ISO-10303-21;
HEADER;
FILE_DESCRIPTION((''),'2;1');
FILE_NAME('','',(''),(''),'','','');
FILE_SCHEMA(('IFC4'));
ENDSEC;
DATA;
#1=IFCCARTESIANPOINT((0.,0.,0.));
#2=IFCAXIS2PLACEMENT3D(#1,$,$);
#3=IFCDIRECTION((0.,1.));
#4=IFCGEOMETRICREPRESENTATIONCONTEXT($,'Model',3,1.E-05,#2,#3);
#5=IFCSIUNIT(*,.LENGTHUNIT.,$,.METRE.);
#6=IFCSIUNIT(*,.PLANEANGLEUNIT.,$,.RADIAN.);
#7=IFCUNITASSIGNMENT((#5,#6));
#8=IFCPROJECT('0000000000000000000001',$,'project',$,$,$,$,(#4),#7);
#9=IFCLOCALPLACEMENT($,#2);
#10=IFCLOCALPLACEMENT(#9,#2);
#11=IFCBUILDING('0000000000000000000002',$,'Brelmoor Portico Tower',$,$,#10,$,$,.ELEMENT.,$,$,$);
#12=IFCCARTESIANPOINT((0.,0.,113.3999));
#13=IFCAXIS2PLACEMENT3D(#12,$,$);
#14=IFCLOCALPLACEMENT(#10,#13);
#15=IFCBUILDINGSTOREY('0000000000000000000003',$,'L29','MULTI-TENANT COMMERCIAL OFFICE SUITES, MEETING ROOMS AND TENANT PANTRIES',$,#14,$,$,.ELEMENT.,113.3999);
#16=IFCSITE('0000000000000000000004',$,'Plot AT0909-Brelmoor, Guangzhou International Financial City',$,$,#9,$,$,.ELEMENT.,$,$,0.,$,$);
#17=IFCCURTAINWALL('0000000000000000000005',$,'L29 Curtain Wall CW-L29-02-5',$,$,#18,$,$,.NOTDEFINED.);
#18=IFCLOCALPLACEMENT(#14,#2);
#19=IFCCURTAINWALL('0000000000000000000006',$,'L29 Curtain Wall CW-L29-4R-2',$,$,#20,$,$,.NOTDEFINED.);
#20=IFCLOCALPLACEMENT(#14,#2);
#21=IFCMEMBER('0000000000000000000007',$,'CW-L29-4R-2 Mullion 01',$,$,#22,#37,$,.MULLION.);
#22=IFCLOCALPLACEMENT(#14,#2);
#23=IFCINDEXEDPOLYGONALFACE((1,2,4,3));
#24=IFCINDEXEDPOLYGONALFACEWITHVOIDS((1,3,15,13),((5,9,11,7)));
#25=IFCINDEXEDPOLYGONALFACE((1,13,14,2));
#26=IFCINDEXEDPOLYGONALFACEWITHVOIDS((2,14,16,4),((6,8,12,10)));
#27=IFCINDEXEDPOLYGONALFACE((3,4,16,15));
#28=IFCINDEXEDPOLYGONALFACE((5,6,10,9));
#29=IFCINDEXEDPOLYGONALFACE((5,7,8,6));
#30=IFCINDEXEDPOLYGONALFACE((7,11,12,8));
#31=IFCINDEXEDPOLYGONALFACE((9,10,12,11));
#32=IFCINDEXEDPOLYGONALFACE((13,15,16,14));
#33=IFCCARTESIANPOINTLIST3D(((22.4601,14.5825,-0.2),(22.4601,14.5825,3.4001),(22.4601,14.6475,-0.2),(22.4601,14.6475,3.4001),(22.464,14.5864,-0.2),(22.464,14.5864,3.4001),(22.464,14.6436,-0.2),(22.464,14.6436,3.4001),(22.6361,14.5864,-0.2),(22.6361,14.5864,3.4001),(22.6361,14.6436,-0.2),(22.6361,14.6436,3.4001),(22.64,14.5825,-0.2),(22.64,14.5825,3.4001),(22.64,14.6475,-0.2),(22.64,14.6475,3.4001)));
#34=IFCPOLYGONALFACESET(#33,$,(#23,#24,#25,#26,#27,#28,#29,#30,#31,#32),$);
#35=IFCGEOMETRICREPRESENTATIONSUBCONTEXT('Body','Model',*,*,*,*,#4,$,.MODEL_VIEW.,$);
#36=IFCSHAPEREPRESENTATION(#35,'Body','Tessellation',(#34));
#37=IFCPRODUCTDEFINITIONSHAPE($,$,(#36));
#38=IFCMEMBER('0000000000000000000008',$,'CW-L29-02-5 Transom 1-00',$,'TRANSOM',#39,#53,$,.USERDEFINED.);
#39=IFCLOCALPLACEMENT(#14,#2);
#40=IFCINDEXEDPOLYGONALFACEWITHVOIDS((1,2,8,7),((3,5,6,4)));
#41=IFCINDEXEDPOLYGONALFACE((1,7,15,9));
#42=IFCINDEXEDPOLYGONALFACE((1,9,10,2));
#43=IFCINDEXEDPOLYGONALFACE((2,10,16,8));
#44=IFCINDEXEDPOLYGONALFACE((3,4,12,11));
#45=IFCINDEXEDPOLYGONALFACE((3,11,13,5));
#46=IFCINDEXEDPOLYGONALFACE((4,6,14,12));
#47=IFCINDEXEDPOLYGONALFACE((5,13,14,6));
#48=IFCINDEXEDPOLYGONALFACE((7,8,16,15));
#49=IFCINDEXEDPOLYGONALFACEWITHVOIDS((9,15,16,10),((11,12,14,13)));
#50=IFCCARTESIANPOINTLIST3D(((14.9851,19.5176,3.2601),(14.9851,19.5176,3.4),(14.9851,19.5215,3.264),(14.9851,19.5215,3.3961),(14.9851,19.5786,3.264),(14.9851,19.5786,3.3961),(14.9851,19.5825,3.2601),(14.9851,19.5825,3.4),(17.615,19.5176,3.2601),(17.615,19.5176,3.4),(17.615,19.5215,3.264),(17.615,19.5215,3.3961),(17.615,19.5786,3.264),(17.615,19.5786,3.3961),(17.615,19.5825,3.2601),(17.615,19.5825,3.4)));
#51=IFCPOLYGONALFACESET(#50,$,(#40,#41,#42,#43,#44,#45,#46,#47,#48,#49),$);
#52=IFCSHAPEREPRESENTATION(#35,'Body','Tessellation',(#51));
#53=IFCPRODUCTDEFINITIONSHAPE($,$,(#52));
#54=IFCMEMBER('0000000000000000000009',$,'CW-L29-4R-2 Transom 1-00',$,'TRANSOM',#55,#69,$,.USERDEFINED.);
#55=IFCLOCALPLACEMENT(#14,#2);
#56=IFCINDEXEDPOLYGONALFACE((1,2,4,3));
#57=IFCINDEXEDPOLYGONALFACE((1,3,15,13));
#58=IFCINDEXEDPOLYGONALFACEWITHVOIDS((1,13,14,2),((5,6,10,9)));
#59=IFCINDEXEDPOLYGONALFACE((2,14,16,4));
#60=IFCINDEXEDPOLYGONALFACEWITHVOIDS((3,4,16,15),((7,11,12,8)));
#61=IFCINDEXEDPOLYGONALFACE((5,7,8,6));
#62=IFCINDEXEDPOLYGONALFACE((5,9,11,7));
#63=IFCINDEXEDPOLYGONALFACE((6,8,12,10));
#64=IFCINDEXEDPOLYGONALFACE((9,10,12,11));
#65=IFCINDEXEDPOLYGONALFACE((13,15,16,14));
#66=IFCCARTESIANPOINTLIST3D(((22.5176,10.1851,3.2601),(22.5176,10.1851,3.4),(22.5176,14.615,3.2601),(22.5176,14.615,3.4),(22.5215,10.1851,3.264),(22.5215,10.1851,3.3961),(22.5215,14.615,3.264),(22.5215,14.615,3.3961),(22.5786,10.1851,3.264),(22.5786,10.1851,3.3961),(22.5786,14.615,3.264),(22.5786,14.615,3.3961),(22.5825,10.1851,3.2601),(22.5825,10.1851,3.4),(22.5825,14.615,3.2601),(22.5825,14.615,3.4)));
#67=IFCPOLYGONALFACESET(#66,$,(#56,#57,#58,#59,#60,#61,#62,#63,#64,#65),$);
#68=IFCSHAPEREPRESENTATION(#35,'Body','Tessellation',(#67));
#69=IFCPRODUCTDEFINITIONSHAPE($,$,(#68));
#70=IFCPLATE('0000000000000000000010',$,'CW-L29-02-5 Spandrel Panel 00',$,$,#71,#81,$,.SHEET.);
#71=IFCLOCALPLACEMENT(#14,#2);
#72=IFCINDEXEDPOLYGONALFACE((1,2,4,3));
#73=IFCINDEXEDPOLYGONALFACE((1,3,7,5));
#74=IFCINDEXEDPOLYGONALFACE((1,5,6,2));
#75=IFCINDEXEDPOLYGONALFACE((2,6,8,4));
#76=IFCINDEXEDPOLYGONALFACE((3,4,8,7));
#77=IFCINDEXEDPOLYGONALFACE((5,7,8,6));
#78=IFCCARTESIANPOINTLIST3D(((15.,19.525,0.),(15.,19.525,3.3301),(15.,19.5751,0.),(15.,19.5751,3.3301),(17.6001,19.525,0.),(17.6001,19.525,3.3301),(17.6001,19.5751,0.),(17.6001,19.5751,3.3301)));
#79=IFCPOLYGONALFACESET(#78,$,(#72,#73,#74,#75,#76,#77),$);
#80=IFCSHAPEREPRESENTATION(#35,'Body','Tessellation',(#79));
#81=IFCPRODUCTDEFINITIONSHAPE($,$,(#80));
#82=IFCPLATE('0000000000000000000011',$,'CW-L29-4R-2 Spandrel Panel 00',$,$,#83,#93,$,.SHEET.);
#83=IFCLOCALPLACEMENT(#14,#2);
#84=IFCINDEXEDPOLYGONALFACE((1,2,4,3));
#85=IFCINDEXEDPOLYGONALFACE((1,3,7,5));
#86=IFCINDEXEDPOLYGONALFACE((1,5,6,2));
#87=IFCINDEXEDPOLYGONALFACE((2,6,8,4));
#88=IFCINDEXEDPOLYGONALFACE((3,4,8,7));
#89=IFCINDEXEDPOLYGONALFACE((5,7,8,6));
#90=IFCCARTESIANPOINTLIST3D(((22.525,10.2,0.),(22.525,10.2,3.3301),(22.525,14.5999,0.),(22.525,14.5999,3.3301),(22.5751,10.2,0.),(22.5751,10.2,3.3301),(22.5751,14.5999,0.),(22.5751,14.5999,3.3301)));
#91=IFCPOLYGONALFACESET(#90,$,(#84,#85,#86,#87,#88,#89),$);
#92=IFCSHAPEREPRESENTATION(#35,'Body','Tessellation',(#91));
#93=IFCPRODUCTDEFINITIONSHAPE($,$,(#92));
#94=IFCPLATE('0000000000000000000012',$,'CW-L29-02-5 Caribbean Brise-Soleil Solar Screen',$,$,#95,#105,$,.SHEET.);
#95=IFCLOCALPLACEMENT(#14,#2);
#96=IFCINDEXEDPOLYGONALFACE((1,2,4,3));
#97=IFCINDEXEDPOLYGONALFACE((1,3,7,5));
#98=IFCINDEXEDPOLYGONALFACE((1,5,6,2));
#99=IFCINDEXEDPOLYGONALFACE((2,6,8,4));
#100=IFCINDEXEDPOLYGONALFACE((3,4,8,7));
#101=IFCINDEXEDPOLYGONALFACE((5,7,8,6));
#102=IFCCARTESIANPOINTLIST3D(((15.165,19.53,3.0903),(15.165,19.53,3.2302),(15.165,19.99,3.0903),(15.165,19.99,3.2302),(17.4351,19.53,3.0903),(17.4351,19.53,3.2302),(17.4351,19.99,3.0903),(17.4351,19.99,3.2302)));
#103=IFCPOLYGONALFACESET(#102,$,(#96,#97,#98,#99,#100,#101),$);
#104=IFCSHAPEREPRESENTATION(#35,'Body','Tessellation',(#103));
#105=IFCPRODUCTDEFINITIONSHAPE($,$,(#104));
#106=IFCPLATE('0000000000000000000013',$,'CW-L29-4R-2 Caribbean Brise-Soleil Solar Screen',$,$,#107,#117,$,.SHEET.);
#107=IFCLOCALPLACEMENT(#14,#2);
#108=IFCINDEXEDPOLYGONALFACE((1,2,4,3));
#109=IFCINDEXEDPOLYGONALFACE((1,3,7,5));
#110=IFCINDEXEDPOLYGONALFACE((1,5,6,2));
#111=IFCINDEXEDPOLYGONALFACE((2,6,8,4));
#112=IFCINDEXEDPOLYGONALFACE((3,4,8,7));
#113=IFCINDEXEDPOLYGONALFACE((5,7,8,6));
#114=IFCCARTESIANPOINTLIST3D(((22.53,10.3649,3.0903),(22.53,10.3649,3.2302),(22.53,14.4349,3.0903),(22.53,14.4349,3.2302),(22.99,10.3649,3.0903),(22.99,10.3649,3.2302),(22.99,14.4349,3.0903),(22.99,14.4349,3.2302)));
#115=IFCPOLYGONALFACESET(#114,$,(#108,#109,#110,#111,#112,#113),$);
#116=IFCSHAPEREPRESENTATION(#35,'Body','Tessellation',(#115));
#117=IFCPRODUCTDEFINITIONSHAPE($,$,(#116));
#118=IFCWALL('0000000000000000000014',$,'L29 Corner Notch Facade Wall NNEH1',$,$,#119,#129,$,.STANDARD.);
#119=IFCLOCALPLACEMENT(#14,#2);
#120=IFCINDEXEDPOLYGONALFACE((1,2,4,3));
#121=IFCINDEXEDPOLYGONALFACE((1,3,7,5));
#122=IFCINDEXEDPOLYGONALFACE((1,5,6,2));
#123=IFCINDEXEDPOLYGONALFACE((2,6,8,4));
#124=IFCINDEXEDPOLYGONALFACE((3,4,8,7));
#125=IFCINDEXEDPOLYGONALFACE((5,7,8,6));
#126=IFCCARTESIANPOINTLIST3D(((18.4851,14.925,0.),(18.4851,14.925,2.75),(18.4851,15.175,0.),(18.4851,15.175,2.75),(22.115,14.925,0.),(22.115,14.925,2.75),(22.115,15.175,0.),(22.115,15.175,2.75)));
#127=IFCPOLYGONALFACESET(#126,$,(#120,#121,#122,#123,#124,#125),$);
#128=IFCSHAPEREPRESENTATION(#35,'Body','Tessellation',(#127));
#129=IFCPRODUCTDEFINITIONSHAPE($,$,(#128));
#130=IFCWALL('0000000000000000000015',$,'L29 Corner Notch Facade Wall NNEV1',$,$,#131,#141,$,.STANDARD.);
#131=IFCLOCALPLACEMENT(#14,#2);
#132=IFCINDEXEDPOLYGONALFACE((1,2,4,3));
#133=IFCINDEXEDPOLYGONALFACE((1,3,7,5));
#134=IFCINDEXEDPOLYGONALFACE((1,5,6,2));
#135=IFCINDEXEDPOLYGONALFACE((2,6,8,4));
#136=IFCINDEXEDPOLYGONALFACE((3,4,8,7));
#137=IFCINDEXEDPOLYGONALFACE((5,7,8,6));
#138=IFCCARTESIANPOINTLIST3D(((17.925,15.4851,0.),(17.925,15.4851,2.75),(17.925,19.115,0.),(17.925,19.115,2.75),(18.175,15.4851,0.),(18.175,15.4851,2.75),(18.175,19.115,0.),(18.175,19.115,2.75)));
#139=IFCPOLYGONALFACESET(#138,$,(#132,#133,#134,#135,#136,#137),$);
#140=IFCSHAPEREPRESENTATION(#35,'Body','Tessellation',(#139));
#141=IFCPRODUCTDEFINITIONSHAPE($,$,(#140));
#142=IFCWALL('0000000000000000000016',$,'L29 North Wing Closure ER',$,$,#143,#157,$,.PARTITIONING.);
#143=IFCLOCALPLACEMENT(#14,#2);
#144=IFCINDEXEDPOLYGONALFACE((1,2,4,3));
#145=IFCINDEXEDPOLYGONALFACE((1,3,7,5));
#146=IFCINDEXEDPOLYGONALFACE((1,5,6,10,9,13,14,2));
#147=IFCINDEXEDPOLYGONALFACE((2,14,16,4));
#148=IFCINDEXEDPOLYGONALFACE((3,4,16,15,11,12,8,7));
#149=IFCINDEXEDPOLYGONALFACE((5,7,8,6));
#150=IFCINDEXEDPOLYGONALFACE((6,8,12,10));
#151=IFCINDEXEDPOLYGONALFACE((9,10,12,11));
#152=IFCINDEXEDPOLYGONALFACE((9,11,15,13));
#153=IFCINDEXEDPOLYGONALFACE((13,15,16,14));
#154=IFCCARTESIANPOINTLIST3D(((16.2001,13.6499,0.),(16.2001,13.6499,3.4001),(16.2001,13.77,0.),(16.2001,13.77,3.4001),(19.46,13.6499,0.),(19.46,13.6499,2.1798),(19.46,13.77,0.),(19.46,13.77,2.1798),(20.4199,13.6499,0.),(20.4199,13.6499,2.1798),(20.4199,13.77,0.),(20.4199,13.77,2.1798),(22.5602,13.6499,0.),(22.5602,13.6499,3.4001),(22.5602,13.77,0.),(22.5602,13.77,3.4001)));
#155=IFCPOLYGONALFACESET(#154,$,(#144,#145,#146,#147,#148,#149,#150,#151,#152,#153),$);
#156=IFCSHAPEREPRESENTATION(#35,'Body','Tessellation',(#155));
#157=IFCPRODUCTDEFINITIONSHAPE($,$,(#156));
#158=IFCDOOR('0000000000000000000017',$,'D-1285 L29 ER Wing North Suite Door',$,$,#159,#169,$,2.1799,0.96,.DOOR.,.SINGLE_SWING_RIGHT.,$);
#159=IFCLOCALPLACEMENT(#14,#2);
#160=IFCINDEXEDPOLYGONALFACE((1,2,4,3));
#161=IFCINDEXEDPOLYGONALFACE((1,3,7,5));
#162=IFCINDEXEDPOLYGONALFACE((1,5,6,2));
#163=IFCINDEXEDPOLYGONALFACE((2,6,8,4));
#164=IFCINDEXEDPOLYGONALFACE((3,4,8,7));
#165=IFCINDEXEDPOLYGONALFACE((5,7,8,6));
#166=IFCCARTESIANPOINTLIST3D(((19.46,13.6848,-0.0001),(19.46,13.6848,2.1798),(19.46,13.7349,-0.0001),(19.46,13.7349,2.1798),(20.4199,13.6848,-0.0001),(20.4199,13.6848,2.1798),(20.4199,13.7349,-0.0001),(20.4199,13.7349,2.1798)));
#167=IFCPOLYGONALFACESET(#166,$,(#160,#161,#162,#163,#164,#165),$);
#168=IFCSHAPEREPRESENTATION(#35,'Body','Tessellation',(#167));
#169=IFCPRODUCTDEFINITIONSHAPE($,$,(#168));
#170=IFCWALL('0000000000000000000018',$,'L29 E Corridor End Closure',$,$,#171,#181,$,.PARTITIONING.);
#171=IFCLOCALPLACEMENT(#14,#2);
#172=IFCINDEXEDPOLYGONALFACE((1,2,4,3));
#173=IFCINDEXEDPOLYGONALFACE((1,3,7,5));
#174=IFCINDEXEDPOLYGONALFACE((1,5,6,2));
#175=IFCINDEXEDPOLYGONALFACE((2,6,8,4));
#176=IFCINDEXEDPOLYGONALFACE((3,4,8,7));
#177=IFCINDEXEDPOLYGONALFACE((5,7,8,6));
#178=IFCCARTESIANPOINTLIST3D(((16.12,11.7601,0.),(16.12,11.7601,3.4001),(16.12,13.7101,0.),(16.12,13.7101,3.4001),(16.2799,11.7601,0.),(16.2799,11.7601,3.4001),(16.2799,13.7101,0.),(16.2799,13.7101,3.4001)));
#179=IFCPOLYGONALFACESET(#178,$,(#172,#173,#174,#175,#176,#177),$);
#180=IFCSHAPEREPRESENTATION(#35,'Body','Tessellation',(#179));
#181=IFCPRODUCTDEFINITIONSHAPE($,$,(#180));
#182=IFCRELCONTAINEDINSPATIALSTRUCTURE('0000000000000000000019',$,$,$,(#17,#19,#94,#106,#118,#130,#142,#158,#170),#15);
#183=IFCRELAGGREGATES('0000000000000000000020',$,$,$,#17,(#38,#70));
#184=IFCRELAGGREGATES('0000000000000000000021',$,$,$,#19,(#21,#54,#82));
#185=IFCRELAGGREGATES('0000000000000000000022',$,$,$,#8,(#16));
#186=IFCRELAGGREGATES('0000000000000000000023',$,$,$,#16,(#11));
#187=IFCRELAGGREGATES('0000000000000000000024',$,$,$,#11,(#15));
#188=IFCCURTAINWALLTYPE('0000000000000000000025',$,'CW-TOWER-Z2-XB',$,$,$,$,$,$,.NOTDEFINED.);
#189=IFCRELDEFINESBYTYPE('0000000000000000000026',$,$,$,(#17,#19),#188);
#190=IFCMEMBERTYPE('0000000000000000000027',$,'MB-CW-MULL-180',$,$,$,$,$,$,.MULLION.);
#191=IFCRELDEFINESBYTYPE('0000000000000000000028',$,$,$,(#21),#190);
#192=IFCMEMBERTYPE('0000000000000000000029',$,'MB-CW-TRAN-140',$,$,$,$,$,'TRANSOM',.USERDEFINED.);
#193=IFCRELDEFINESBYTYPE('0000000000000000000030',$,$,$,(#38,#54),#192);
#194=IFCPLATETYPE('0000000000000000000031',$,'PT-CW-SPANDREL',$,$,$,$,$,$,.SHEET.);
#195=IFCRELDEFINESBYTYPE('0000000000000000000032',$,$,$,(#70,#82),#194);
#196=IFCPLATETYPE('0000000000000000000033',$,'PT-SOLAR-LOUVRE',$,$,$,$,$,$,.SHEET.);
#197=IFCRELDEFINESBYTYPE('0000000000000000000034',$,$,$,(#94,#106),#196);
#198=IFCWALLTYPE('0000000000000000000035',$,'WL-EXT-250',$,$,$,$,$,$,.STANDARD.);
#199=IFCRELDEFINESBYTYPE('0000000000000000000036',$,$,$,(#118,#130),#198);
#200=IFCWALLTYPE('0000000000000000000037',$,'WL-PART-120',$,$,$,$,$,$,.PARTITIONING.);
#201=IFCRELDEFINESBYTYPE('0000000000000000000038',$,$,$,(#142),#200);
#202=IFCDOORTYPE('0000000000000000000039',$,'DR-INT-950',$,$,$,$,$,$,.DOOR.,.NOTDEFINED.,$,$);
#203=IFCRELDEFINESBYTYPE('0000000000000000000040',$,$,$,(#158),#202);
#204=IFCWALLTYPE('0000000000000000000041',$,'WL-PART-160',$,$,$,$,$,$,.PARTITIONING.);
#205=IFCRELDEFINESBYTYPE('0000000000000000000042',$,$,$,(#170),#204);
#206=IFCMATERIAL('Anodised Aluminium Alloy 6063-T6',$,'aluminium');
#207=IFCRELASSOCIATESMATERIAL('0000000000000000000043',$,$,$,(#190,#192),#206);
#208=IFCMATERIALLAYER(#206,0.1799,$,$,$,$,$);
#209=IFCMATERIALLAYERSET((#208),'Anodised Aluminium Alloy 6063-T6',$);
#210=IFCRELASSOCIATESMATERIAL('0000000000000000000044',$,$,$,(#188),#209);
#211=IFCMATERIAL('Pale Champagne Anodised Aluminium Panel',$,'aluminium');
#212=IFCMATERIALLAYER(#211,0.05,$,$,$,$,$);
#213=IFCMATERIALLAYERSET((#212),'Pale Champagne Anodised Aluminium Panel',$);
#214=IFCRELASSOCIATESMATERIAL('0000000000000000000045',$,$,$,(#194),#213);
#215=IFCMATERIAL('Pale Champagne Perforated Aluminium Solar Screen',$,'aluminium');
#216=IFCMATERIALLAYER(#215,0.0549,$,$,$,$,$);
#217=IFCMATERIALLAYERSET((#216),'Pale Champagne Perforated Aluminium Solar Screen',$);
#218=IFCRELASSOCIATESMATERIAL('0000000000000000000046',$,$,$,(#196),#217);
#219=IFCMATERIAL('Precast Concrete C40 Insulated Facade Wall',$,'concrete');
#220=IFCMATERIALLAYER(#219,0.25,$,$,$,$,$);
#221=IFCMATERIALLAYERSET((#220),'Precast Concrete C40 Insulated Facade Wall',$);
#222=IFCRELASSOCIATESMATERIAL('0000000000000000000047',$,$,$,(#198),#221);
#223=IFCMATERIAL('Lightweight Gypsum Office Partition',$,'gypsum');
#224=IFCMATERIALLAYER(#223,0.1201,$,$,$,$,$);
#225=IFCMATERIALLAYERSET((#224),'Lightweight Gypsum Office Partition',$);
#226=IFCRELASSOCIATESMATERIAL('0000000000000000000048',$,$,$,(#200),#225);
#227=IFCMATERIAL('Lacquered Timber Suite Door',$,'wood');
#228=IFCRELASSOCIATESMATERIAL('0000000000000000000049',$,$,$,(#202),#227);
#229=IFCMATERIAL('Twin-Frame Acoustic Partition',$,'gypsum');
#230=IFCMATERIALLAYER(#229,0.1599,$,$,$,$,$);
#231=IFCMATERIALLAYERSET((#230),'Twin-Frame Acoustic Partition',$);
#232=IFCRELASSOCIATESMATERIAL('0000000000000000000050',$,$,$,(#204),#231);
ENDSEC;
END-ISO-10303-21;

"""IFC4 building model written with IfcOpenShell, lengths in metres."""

from ifc_helpers import new_model, si_unit, direction, frame, frame_2d, origin, origin_2d, place, context, subcontext, project, spatial, rectangle, hollow_rectangle, extrude, material, layer, layer_set, material_profile, profile_set, type_object, element, fill, aggregate, save


model = new_model("IFC4")

# Units and contexts
model_context = context("Model", 3, precision=1e-05, world=origin(), true_north=direction((0.0, 1.0)))
body_context = subcontext(model_context, "Body", "Model", "MODEL_VIEW")
ifc_project = project(units=[si_unit("LENGTHUNIT", "METRE"), si_unit("PLANEANGLEUNIT", "RADIAN")], contexts=[model_context])

# Site, building, storey
site_placement = place(None, origin())
site = spatial("IfcSite", under=ifc_project, at=site_placement, Name="Plot AT0909-Brelmoor, Guangzhou International Financial City", CompositionType="ELEMENT", RefElevation=0.0)
building_placement = place(site_placement, origin())
building = spatial("IfcBuilding", under=site, at=building_placement, Name="Brelmoor Portico Tower", CompositionType="ELEMENT")
storey_placement = place(building_placement, frame((0.0, 0.0, 113.3999)))
storey = spatial("IfcBuildingStorey", under=building, at=storey_placement, Name="L29", Description="MULTI-TENANT COMMERCIAL OFFICE SUITES, MEETING ROOMS AND TENANT PANTRIES", CompositionType="ELEMENT", Elevation=113.3999)

# Shared definitions
ifc_material_1 = material(Name="Anodised Aluminium Alloy 6063-T6", Category="aluminium")
ifc_material_profile_1 = material_profile(ifc_material_1, hollow_rectangle(XDim=0.0649, YDim=0.1799, WallThickness=0.0039, at=origin_2d()), Name="ALU MULLION 65x180")
ifc_profile_set_1 = profile_set([ifc_material_profile_1], Name="Anodised Aluminium Alloy 6063-T6")
member_type_1 = type_object("IfcMemberType", Name="MB-CW-MULL-180", PredefinedType="MULLION", material=ifc_profile_set_1)

# Curtain wall
ifc_layer_1 = layer(ifc_material_1, 0.1799)
ifc_layer_set_1 = layer_set([ifc_layer_1], Name="Anodised Aluminium Alloy 6063-T6")
curtain_wall_type_1 = type_object("IfcCurtainWallType", Name="CW-TOWER-Z2-XB", PredefinedType="NOTDEFINED", material=ifc_layer_set_1)
curtain_wall_1_placement = place(storey_placement, origin())
curtain_wall_1 = element("IfcCurtainWall", 1, at=curtain_wall_1_placement, inside=storey, type_object=curtain_wall_type_1, Name="L29 Curtain Wall CW-L29-02-5", PredefinedType="NOTDEFINED")

# Curtain wall, member
curtain_wall_2_placement = place(storey_placement, origin())
curtain_wall_2 = element("IfcCurtainWall", 2, at=curtain_wall_2_placement, inside=storey, type_object=curtain_wall_type_1, Name="L29 Curtain Wall CW-L29-4R-2", PredefinedType="NOTDEFINED")
member_1_placement = place(storey_placement, frame((22.55, 14.615, -0.2), z_axis=(0.0, 0.0, 1.0), x_axis=(0.0, 1.0, 0.0)))
member_1 = element("IfcMember", 3, at=member_1_placement, type_object=member_type_1, Name="CW-L29-4R-2 Mullion 01", PredefinedType="MULLION", context=body_context, shape_type="SweptSolid", body=[
    extrude(hollow_rectangle(XDim=0.0649, YDim=0.1799, WallThickness=0.0039, at=origin_2d()), origin(), (0.0, 0.0, 1.0), 3.6001),
])

# Members
ifc_material_profile_2 = material_profile(ifc_material_1, hollow_rectangle(XDim=0.0649, YDim=0.1399, WallThickness=0.0039, at=origin_2d()), Name="ALU TRANSOM 65x140")
ifc_profile_set_2 = profile_set([ifc_material_profile_2], Name="Anodised Aluminium Alloy 6063-T6")
member_type_2 = type_object("IfcMemberType", Name="MB-CW-TRAN-140", ElementType="TRANSOM", PredefinedType="USERDEFINED", material=ifc_profile_set_2)
member_2_placement = place(storey_placement, frame((14.9851, 19.55, 3.3301), z_axis=(1.0, 0.0, 0.0), x_axis=(0.0, 1.0, 0.0)))
member_2 = element("IfcMember", 4, at=member_2_placement, type_object=member_type_2, Name="CW-L29-02-5 Transom 1-00", ObjectType="TRANSOM", PredefinedType="USERDEFINED", context=body_context, shape_type="SweptSolid", body=[
    extrude(hollow_rectangle(XDim=0.0649, YDim=0.1399, WallThickness=0.0039, at=origin_2d()), origin(), (0.0, 0.0, 1.0), 2.6299),
])
member_3_placement = place(storey_placement, frame((22.55, 10.1851, 3.3301), z_axis=(0.0, 1.0, 0.0), x_axis=(-1.0, 0.0, 0.0)))
member_3 = element("IfcMember", 5, at=member_3_placement, type_object=member_type_2, Name="CW-L29-4R-2 Transom 1-00", ObjectType="TRANSOM", PredefinedType="USERDEFINED", context=body_context, shape_type="SweptSolid", body=[
    extrude(hollow_rectangle(XDim=0.0649, YDim=0.1399, WallThickness=0.0039, at=origin_2d()), origin(), (0.0, 0.0, 1.0), 4.4299),
])

# Plates
ifc_material_2 = material(Name="Pale Champagne Anodised Aluminium Panel", Category="aluminium")
ifc_layer_2 = layer(ifc_material_2, 0.05)
ifc_layer_set_2 = layer_set([ifc_layer_2], Name="Pale Champagne Anodised Aluminium Panel")
plate_type_1 = type_object("IfcPlateType", Name="PT-CW-SPANDREL", PredefinedType="SHEET", material=ifc_layer_set_2)
plate_1_placement = place(storey_placement, frame((16.3, 19.55, 0.0), z_axis=(0.0, 0.0, 1.0), x_axis=(1.0, 0.0, 0.0)))
plate_1 = element("IfcPlate", 6, at=plate_1_placement, type_object=plate_type_1, Name="CW-L29-02-5 Spandrel Panel 00", PredefinedType="SHEET", context=body_context, shape_type="SweptSolid", body=[
    extrude(rectangle(XDim=2.6001, YDim=0.05, at=origin_2d()), origin(), (0.0, 0.0, 1.0), 3.3301),
])
aggregate(curtain_wall_1, [member_2, plate_1])
plate_2_placement = place(storey_placement, frame((22.55, 12.3999, 0.0), z_axis=(0.0, 0.0, 1.0), x_axis=(0.0, 1.0, 0.0)))
plate_2 = element("IfcPlate", 7, at=plate_2_placement, type_object=plate_type_1, Name="CW-L29-4R-2 Spandrel Panel 00", PredefinedType="SHEET", context=body_context, shape_type="SweptSolid", body=[
    extrude(rectangle(XDim=4.3999, YDim=0.05, at=origin_2d()), origin(), (0.0, 0.0, 1.0), 3.3301),
])
aggregate(curtain_wall_2, [member_1, member_3, plate_2])

# Plates
ifc_material_3 = material(Name="Pale Champagne Perforated Aluminium Solar Screen", Category="aluminium")
ifc_layer_3 = layer(ifc_material_3, 0.0549)
ifc_layer_set_3 = layer_set([ifc_layer_3], Name="Pale Champagne Perforated Aluminium Solar Screen")
plate_type_2 = type_object("IfcPlateType", Name="PT-SOLAR-LOUVRE", PredefinedType="SHEET", material=ifc_layer_set_3)
plate_3_placement = place(storey_placement, frame((16.3, 19.76, 3.0903), z_axis=(0.0, 0.0, 1.0), x_axis=(1.0, 0.0, 0.0)))
element("IfcPlate", 8, at=plate_3_placement, inside=storey, type_object=plate_type_2, Name="CW-L29-02-5 Caribbean Brise-Soleil Solar Screen", PredefinedType="SHEET", context=body_context, shape_type="SweptSolid", body=[
    extrude(rectangle(XDim=2.27, YDim=0.46, at=origin_2d()), origin(), (0.0, 0.0, 1.0), 0.1399),
])
plate_4_placement = place(storey_placement, frame((22.76, 12.3999, 3.0903), z_axis=(0.0, 0.0, 1.0), x_axis=(0.0, 1.0, 0.0)))
element("IfcPlate", 9, at=plate_4_placement, inside=storey, type_object=plate_type_2, Name="CW-L29-4R-2 Caribbean Brise-Soleil Solar Screen", PredefinedType="SHEET", context=body_context, shape_type="SweptSolid", body=[
    extrude(rectangle(XDim=4.0701, YDim=0.46, at=origin_2d()), origin(), (0.0, 0.0, 1.0), 0.1399),
])

# Walls
ifc_material_4 = material(Name="Precast Concrete C40 Insulated Facade Wall", Category="concrete")
ifc_layer_4 = layer(ifc_material_4, 0.25)
ifc_layer_set_4 = layer_set([ifc_layer_4], Name="Precast Concrete C40 Insulated Facade Wall")
wall_type_1 = type_object("IfcWallType", Name="WL-EXT-250", PredefinedType="STANDARD", material=ifc_layer_set_4)
for number, where, z_axis, x_axis, name in (
    (10, (18.4851, 15.05, 0.0), (0.0, 0.0, 1.0), (1.0, 0.0, 0.0), "L29 Corner Notch Facade Wall NNEH1"),
    (11, (18.05, 15.4851, 0.0), (0.0, 0.0, 1.0), (0.0, 1.0, 0.0), "L29 Corner Notch Facade Wall NNEV1"),
):
    element("IfcWall", number, at=place(storey_placement, frame(where, z_axis=z_axis, x_axis=x_axis)), inside=storey, type_object=wall_type_1, Name=name, PredefinedType="STANDARD", context=body_context, shape_type="SweptSolid", body=[
        extrude(rectangle(XDim=3.6299, YDim=0.25, at=frame_2d((1.8149, 0.0))), origin(), (0.0, 0.0, 1.0), 2.75),
    ])

# Wall, opening, door
ifc_material_5 = material(Name="Lightweight Gypsum Office Partition", Category="gypsum")
ifc_layer_5 = layer(ifc_material_5, 0.1201)
ifc_layer_set_5 = layer_set([ifc_layer_5], Name="Lightweight Gypsum Office Partition")
wall_type_2 = type_object("IfcWallType", Name="WL-PART-120", PredefinedType="PARTITIONING", material=ifc_layer_set_5)
wall_1_placement = place(storey_placement, frame((16.2, 13.71, 0.0), z_axis=(0.0, 0.0, 1.0), x_axis=(1.0, 0.0, 0.0)))
wall_1 = element("IfcWall", 12, at=wall_1_placement, inside=storey, type_object=wall_type_2, Name="L29 North Wing Closure ER", PredefinedType="PARTITIONING", context=body_context, shape_type="SweptSolid", body=[
    extrude(rectangle(XDim=6.3601, YDim=0.1201, at=frame_2d((3.1802, 0.0))), origin(), (0.0, 0.0, 1.0), 3.4001),
])
opening_1_placement = place(wall_1_placement, frame((3.26, 0.0, 0.0)))
opening_1 = element("IfcOpeningElement", 13, at=opening_1_placement, cuts=wall_1, PredefinedType="OPENING", context=body_context, shape_type="SweptSolid", body=[
    extrude(rectangle(XDim=0.96, YDim=2.1799, at=frame_2d((0.48, 1.0898))), frame((0.0, 0.0701, 0.0), z_axis=(0.0, -1.0, 0.0), x_axis=(1.0, 0.0, 0.0)), (0.0, 0.0, 1.0), 0.1401),
])
ifc_material_6 = material(Name="Lacquered Timber Suite Door", Category="wood")
door_type_1 = type_object("IfcDoorType", Name="DR-INT-950", OperationType="NOTDEFINED", PredefinedType="DOOR", material=ifc_material_6)
door_1_placement = place(opening_1_placement, origin())
door_1 = element("IfcDoor", 14, at=door_1_placement, inside=storey, type_object=door_type_1, Name="D-1285 L29 ER Wing North Suite Door", OperationType="SINGLE_SWING_RIGHT", OverallHeight=2.1799, OverallWidth=0.96, PredefinedType="DOOR", context=body_context, shape_type="SweptSolid", body=[
    extrude(rectangle(XDim=0.96, YDim=2.1799, at=frame_2d((0.48, 1.0898))), frame((0.0, 0.0249, 0.0), z_axis=(0.0, -1.0, 0.0), x_axis=(1.0, 0.0, 0.0)), (0.0, 0.0, 1.0), 0.05),
])
fill(opening_1, door_1)
ifc_material_7 = material(Name="Twin-Frame Acoustic Partition", Category="gypsum")
ifc_layer_6 = layer(ifc_material_7, 0.1599)
ifc_layer_set_6 = layer_set([ifc_layer_6], Name="Twin-Frame Acoustic Partition")
wall_type_3 = type_object("IfcWallType", Name="WL-PART-160", PredefinedType="PARTITIONING", material=ifc_layer_set_6)

# Wall
wall_2_placement = place(storey_placement, frame((16.2, 11.76, 0.0), z_axis=(0.0, 0.0, 1.0), x_axis=(0.0, 1.0, 0.0)))
element("IfcWall", 15, at=wall_2_placement, inside=storey, type_object=wall_type_3, Name="L29 E Corridor End Closure", PredefinedType="PARTITIONING", context=body_context, shape_type="SweptSolid", body=[
    extrude(rectangle(XDim=1.95, YDim=0.1599, at=frame_2d((0.9751, 0.0))), origin(), (0.0, 0.0, 1.0), 3.4001),
])

save(model, "model.ifc")
